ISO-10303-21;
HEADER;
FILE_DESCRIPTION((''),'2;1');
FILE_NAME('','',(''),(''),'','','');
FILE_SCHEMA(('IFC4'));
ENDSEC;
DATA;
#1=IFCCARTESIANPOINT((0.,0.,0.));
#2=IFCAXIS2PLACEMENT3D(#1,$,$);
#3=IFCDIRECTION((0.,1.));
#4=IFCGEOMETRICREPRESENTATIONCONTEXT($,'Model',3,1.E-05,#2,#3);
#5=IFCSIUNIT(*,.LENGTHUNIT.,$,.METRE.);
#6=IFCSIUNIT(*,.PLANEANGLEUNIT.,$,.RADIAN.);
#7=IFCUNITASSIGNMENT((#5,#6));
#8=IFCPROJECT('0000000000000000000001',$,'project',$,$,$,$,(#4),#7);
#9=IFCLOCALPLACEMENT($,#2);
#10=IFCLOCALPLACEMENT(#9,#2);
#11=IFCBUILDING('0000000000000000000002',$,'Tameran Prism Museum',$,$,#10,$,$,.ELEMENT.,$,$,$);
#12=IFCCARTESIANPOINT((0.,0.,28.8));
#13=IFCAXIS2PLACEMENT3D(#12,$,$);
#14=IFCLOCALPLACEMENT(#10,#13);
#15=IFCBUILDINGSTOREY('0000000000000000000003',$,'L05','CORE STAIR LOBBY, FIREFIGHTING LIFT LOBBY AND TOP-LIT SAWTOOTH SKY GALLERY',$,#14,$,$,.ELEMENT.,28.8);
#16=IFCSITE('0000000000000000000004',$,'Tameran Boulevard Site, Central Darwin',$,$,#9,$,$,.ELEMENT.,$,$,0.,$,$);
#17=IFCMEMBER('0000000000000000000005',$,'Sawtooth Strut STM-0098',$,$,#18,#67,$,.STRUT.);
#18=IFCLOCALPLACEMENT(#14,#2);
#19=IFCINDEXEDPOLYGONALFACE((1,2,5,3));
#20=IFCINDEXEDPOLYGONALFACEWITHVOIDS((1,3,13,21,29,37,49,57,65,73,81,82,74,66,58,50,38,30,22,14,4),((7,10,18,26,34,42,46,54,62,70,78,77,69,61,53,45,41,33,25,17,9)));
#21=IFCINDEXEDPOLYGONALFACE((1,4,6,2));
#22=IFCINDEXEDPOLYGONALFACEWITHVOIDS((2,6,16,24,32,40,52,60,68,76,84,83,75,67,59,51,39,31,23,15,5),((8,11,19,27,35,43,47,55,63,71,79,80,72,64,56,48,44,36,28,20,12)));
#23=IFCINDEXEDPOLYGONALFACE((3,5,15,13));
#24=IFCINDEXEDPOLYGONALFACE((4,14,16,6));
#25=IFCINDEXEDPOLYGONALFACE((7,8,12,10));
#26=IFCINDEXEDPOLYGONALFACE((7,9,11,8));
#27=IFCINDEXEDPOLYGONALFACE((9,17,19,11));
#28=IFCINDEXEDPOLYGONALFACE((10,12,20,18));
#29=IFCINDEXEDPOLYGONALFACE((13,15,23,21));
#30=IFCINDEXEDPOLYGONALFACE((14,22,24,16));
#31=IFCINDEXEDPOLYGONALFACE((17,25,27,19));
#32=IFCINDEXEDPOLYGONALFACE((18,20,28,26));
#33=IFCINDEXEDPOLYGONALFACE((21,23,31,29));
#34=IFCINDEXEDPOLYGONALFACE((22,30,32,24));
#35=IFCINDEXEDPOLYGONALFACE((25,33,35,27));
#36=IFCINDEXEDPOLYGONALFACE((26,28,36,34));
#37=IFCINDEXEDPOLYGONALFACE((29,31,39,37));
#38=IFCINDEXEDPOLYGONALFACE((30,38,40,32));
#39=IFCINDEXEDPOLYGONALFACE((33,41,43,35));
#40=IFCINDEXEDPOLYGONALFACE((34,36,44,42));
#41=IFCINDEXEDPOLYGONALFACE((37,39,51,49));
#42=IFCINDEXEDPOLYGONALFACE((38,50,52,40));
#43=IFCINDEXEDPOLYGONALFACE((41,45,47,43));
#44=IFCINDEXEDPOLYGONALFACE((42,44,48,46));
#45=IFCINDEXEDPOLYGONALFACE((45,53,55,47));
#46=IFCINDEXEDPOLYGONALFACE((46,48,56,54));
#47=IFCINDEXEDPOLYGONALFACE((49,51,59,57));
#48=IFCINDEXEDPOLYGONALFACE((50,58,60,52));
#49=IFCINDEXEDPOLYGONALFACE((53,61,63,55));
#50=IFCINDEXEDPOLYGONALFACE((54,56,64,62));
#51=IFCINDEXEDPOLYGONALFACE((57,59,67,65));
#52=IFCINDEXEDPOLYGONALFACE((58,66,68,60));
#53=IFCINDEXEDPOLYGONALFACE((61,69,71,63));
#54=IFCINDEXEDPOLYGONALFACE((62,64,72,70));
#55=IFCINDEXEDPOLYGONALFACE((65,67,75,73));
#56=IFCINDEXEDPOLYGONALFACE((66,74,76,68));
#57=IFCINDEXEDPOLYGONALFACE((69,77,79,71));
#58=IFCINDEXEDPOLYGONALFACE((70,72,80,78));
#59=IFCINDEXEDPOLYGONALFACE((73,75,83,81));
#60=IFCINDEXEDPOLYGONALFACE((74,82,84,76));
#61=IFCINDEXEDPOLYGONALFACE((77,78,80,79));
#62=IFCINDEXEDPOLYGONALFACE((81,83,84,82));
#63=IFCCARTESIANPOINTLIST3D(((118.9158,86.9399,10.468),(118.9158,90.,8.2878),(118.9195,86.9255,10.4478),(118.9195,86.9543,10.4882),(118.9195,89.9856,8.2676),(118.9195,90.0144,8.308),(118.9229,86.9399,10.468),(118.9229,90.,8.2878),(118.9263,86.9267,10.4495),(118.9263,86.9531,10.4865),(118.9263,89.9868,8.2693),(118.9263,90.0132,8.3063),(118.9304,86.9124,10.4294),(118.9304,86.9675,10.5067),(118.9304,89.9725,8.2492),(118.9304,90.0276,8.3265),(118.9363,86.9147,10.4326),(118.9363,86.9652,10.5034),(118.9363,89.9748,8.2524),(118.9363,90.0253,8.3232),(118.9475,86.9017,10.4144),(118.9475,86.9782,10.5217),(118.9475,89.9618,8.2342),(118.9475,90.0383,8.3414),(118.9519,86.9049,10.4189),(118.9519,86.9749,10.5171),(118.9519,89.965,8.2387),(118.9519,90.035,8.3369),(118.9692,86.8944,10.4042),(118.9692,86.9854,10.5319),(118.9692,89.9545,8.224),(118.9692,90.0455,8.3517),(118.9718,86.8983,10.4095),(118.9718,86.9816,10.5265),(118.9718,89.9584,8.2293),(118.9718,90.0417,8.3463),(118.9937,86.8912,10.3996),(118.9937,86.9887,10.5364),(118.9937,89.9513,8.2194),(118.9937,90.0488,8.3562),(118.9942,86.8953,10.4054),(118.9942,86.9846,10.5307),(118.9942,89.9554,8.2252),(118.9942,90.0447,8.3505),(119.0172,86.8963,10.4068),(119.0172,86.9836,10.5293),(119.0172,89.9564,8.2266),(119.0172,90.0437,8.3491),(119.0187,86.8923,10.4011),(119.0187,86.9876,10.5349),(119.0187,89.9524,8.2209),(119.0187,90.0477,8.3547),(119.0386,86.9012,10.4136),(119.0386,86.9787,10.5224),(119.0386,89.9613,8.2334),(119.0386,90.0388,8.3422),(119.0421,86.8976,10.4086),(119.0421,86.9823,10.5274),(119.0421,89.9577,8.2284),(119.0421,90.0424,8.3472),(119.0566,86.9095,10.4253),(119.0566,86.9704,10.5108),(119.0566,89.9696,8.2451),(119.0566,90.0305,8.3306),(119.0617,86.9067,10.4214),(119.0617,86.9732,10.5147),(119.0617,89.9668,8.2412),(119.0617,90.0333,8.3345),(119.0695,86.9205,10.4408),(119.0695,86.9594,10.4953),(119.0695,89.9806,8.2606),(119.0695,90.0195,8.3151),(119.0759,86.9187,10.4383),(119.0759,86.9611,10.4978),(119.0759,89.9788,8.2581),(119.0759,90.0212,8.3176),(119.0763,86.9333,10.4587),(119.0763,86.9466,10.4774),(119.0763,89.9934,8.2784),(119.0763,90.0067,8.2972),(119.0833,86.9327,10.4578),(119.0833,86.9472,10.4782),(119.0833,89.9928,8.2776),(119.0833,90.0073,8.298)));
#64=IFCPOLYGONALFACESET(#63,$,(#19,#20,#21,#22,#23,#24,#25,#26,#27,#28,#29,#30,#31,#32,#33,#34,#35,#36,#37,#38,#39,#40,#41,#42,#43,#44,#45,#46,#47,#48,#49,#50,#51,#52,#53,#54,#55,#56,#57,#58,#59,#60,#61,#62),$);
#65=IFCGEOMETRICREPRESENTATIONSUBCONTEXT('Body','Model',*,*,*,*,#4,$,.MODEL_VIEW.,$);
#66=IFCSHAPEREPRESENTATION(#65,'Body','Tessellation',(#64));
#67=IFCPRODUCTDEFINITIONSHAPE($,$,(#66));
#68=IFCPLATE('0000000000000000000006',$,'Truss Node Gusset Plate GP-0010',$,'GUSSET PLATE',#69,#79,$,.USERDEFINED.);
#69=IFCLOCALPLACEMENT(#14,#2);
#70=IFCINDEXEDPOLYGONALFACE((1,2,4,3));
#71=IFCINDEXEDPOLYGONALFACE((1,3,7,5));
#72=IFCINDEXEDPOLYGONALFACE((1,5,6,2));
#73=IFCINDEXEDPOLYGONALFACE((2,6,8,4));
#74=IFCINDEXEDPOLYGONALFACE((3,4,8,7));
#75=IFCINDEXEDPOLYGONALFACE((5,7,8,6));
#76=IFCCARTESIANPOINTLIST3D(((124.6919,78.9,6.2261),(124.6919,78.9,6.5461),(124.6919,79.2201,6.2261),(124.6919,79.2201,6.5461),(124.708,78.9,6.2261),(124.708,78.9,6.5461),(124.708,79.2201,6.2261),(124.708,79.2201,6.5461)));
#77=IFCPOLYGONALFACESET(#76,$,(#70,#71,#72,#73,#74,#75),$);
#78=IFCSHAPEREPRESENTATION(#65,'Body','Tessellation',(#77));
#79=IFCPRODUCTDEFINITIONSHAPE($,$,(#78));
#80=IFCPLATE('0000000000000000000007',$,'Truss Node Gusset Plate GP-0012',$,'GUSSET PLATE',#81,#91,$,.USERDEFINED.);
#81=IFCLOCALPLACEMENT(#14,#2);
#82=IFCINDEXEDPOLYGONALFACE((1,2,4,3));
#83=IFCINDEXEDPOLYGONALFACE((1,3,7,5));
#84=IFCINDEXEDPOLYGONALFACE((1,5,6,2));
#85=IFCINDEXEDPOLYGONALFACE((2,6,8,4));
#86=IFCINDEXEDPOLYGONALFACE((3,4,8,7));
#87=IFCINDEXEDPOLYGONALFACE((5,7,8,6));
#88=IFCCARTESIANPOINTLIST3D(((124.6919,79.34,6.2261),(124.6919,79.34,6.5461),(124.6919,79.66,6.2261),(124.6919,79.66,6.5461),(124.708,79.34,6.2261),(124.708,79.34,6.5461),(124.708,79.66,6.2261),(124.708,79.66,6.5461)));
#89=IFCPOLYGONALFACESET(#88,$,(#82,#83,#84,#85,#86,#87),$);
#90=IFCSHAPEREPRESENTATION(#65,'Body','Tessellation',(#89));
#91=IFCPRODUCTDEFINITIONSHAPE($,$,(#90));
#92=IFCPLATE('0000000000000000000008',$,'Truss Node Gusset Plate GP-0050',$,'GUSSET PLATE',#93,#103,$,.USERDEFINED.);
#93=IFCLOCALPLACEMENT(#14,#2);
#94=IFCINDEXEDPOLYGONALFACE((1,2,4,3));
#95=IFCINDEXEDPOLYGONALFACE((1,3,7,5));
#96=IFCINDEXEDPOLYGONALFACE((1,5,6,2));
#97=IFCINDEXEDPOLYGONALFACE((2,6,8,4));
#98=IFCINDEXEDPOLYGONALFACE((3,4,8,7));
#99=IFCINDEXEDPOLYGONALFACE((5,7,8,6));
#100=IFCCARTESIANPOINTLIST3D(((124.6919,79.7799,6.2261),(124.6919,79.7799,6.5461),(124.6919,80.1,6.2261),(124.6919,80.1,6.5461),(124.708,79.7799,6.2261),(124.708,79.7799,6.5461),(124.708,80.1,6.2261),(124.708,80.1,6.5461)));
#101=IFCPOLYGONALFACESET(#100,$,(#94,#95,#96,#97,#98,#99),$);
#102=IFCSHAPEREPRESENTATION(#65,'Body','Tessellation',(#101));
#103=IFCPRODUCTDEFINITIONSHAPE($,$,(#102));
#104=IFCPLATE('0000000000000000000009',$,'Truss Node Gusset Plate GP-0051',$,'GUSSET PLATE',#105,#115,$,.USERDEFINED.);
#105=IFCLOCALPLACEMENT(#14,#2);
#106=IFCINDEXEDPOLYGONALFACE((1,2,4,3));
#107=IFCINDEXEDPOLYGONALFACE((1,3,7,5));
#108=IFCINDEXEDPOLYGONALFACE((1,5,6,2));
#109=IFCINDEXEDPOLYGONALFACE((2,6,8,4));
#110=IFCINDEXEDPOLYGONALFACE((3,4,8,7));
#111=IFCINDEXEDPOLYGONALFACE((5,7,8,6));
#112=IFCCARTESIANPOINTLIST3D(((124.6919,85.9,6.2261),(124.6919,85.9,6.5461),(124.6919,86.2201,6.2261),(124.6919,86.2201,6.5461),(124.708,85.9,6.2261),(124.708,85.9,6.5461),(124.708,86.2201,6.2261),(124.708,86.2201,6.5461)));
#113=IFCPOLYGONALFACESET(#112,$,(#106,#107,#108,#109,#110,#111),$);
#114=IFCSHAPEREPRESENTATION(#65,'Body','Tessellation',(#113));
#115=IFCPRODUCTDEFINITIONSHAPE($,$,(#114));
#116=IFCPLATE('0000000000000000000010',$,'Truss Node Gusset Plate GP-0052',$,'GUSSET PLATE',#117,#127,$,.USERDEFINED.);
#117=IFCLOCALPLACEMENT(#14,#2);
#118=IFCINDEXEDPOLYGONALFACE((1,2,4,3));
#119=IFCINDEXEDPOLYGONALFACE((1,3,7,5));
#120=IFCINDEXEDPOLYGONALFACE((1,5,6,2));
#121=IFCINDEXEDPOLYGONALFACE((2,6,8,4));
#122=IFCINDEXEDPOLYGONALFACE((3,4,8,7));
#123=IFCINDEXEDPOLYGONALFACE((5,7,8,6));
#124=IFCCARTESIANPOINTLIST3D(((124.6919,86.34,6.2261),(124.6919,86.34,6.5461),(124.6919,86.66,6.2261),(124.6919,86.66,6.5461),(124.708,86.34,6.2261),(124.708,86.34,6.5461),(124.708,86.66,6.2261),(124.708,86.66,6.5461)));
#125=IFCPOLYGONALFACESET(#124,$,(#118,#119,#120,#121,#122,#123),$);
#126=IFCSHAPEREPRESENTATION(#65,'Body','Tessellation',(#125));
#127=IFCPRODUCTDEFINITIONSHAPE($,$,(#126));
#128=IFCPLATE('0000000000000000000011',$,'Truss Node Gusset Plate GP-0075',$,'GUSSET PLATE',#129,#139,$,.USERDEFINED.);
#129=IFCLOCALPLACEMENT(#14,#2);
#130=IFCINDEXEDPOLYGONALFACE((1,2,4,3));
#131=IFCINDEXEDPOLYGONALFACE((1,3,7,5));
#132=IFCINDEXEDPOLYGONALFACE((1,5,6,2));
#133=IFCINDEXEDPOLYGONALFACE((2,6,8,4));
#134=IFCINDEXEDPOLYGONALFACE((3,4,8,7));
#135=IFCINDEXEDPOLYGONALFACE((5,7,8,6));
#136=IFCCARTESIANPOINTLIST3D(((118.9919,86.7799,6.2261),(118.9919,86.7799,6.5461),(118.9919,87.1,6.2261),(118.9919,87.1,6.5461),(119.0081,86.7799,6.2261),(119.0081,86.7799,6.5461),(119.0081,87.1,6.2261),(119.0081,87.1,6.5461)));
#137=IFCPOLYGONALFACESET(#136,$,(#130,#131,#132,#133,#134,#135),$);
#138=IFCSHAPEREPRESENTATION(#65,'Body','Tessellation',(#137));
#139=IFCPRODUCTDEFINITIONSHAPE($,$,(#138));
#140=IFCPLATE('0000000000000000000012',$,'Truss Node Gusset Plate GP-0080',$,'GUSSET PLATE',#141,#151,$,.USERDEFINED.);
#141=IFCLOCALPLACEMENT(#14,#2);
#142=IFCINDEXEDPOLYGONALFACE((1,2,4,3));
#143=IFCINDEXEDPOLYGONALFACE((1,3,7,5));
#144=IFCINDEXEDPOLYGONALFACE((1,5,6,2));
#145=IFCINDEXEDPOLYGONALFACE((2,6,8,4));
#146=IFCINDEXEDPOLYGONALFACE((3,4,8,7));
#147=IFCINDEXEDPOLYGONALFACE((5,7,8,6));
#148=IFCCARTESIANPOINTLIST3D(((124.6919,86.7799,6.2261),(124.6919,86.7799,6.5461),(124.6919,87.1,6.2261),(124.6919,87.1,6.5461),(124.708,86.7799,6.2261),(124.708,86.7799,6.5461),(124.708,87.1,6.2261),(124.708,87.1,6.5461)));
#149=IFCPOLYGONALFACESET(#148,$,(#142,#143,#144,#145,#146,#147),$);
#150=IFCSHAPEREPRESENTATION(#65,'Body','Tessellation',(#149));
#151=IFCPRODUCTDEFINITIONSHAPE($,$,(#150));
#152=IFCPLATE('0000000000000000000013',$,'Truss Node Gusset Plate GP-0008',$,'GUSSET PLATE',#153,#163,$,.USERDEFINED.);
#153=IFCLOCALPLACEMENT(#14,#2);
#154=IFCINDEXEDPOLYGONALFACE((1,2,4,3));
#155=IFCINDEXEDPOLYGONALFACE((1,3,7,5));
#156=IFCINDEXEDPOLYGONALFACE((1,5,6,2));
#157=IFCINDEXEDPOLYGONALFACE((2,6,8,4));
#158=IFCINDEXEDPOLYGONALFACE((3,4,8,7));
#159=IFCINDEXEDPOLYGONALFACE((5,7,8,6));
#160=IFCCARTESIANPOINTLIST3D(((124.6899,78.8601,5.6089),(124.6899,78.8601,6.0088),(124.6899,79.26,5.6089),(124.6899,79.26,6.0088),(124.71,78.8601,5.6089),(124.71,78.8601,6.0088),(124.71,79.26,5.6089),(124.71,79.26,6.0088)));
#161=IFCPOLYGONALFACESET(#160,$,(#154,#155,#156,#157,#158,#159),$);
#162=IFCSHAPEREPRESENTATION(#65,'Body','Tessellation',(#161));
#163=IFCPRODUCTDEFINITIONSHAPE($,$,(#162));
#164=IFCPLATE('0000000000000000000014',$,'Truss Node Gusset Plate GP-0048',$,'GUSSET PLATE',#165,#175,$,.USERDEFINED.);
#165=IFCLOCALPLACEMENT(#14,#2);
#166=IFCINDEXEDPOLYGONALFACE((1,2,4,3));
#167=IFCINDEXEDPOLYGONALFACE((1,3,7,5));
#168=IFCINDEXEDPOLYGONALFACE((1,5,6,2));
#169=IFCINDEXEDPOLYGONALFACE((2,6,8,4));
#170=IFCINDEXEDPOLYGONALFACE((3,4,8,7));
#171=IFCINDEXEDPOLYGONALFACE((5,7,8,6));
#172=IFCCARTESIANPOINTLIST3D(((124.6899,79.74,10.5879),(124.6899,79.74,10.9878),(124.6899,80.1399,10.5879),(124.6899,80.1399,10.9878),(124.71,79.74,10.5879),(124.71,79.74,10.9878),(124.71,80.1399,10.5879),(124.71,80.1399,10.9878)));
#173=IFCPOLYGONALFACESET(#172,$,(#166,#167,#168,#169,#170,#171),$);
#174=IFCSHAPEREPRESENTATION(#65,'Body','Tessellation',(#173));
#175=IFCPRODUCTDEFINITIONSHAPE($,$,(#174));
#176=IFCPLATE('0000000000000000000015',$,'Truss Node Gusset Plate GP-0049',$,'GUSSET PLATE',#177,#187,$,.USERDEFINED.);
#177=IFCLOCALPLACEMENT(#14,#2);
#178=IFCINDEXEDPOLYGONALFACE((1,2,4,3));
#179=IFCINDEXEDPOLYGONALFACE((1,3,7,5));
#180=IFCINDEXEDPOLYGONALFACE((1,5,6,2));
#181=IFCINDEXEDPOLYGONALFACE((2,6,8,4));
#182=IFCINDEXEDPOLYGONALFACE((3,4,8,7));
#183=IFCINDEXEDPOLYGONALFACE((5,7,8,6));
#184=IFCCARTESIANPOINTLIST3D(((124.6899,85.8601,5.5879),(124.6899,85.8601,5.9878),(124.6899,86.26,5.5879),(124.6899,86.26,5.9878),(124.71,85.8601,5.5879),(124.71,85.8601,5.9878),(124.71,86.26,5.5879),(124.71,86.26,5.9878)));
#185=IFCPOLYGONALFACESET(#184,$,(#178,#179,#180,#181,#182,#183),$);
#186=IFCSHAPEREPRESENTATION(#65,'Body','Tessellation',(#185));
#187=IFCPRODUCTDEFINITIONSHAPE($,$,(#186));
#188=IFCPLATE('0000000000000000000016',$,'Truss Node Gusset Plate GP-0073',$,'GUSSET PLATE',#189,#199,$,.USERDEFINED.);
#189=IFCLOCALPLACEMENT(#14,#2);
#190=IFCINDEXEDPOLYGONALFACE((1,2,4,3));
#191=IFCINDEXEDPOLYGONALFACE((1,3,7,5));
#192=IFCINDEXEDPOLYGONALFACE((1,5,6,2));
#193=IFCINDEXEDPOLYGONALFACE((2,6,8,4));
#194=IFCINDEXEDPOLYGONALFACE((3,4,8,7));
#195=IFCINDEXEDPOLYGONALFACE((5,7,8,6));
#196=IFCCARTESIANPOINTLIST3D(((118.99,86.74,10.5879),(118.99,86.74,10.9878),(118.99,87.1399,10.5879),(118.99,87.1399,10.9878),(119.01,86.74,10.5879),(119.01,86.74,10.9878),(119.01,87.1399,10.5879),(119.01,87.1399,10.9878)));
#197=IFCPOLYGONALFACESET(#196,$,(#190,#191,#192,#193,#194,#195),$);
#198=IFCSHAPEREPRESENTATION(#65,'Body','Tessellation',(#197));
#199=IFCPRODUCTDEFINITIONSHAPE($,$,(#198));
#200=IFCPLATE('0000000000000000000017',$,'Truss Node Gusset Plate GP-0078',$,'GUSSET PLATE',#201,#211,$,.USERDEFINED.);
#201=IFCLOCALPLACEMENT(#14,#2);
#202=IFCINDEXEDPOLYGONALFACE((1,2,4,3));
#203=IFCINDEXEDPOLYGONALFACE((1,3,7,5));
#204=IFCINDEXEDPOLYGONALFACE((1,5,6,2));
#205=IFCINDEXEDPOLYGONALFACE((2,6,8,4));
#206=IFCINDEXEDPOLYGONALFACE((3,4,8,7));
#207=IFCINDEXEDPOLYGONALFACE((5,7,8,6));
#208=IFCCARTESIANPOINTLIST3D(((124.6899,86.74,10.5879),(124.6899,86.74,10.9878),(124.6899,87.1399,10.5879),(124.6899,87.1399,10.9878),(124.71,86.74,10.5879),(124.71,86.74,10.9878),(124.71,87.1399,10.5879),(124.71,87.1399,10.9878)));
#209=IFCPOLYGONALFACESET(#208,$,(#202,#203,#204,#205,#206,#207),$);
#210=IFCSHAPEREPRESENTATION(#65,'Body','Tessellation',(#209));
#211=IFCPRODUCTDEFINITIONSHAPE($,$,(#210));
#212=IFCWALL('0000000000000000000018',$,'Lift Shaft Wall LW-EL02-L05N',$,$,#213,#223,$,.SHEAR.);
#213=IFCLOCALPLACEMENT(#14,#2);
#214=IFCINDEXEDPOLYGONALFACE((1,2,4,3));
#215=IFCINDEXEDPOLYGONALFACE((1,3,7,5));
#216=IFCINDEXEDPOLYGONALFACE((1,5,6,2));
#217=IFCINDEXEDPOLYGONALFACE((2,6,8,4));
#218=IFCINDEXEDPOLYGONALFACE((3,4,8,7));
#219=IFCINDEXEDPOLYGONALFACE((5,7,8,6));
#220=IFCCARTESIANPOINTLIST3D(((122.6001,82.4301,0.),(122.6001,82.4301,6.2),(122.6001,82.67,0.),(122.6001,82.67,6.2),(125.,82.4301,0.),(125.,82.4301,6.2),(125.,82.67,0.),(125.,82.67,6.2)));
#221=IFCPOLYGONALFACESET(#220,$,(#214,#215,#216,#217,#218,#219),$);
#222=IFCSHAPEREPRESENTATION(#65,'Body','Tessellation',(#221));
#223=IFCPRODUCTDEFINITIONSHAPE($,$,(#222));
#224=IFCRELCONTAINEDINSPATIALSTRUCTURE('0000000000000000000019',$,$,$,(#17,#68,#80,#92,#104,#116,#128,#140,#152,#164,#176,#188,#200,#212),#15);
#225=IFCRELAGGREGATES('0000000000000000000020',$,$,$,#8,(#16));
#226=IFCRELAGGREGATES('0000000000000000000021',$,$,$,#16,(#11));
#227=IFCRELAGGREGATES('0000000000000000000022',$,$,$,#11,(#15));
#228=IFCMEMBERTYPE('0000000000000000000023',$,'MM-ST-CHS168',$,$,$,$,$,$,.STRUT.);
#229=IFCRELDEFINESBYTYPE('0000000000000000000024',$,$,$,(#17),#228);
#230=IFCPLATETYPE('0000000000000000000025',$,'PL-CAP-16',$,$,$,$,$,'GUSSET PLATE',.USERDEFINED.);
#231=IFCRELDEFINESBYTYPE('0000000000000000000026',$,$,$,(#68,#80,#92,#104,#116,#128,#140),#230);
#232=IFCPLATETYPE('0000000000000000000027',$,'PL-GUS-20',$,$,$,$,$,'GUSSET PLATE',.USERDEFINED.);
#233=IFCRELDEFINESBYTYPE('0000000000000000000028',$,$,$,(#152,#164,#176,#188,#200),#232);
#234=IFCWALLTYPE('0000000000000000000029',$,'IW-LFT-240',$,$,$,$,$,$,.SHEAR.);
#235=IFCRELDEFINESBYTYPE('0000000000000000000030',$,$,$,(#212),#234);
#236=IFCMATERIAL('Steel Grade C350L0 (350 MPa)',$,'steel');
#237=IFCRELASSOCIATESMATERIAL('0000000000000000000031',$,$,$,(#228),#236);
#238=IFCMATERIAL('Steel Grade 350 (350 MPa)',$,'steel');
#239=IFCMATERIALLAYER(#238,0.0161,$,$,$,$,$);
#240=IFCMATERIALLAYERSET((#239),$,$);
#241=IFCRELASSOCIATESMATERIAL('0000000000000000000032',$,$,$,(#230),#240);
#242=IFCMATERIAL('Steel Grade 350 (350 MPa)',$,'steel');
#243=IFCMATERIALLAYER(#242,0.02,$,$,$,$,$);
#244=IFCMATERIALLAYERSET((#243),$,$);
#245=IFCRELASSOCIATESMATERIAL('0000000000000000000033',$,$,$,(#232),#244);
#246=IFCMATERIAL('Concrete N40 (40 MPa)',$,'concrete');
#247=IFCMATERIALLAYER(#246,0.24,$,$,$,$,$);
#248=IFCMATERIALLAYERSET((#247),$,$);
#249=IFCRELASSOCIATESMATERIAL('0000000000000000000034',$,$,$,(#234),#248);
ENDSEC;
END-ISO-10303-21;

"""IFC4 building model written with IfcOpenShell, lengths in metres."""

from ifc_helpers import new_model, si_unit, direction, frame, frame_2d, origin, origin_2d, place, context, subcontext, project, spatial, rectangle, hollow_circle, extrude, material, layer, layer_set, material_profile, profile_set, type_object, element, save


model = new_model("IFC4")

# Units and contexts
model_context = context("Model", 3, precision=1e-05, world=origin(), true_north=direction((0.0, 1.0)))
body_context = subcontext(model_context, "Body", "Model", "MODEL_VIEW")
ifc_project = project(units=[si_unit("LENGTHUNIT", "METRE"), si_unit("PLANEANGLEUNIT", "RADIAN")], contexts=[model_context])

# Site, building, storey
site_placement = place(None, origin())
site = spatial("IfcSite", under=ifc_project, at=site_placement, Name="Tameran Boulevard Site, Central Darwin", CompositionType="ELEMENT", RefElevation=0.0)
building_placement = place(site_placement, origin())
building = spatial("IfcBuilding", under=site, at=building_placement, Name="Tameran Prism Museum", CompositionType="ELEMENT")
storey_placement = place(building_placement, frame((0.0, 0.0, 28.8)))
storey = spatial("IfcBuildingStorey", under=building, at=storey_placement, Name="L05", Description="CORE STAIR LOBBY, FIREFIGHTING LIFT LOBBY AND TOP-LIT SAWTOOTH SKY GALLERY", CompositionType="ELEMENT", Elevation=28.8)

# Member
ifc_material_1 = material(Name="Steel Grade C350L0 (350 MPa)", Category="steel")
ifc_material_profile_1 = material_profile(ifc_material_1, hollow_circle(Radius=0.0842, WallThickness=0.0071, at=origin_2d()))
ifc_profile_set_1 = profile_set([ifc_material_profile_1])
member_type_1 = type_object("IfcMemberType", Name="MM-ST-CHS168", PredefinedType="STRUT", material=ifc_profile_set_1)
for number, where, z_axis, x_axis, name in (
    (1, (119.0, 86.9399, 10.468), (0.0, 0.814435, -0.580254), (-1.0, 0.0, 0.0), "Sawtooth Strut STM-0098"),
):
    element("IfcMember", number, at=place(storey_placement, frame(where, z_axis=z_axis, x_axis=x_axis)), inside=storey, type_object=member_type_1, Name=name, PredefinedType="STRUT", context=body_context, shape_type="SweptSolid", body=[
        extrude(hollow_circle(Radius=0.0842, WallThickness=0.0071, at=origin_2d()), origin(), (0.0, 0.0, 1.0), 3.7573),
    ])

# Plates
ifc_material_2 = material(Name="Steel Grade 350 (350 MPa)", Category="steel")
ifc_layer_1 = layer(ifc_material_2, 0.0161)
ifc_layer_set_1 = layer_set([ifc_layer_1])
plate_type_1 = type_object("IfcPlateType", Name="PL-CAP-16", ElementType="GUSSET PLATE", PredefinedType="USERDEFINED", material=ifc_layer_set_1)
for number, where, z_axis, x_axis, name in (
    (2, (124.7, 79.0601, 6.2261), (0.0, 0.0, 1.0), (1.0, 0.0, 0.0), "Truss Node Gusset Plate GP-0010"),
    (3, (124.7, 79.5, 6.2261), (0.0, 0.0, 1.0), (1.0, 0.0, 0.0), "Truss Node Gusset Plate GP-0012"),
    (4, (124.7, 79.9399, 6.2261), (0.0, 0.0, 1.0), (1.0, 0.0, 0.0), "Truss Node Gusset Plate GP-0050"),
    (5, (124.7, 86.0601, 6.2261), (0.0, 0.0, 1.0), (1.0, 0.0, 0.0), "Truss Node Gusset Plate GP-0051"),
    (6, (124.7, 86.5, 6.2261), (0.0, 0.0, 1.0), (1.0, 0.0, 0.0), "Truss Node Gusset Plate GP-0052"),
    (7, (119.0, 86.9399, 6.2261), (0.0, 0.0, 1.0), (1.0, 0.0, 0.0), "Truss Node Gusset Plate GP-0075"),
    (8, (124.7, 86.9399, 6.2261), (0.0, 0.0, 1.0), (1.0, 0.0, 0.0), "Truss Node Gusset Plate GP-0080"),
):
    element("IfcPlate", number, at=place(storey_placement, frame(where, z_axis=z_axis, x_axis=x_axis)), inside=storey, type_object=plate_type_1, Name=name, ObjectType="GUSSET PLATE", PredefinedType="USERDEFINED", context=body_context, shape_type="SweptSolid", body=[
        extrude(rectangle(XDim=0.0161, YDim=0.3201, at=origin_2d()), origin(), (0.0, 0.0, 1.0), 0.3201),
    ])
ifc_material_3 = material(Name="Steel Grade 350 (350 MPa)", Category="steel")
ifc_layer_2 = layer(ifc_material_3, 0.02)
ifc_layer_set_2 = layer_set([ifc_layer_2])
plate_type_2 = type_object("IfcPlateType", Name="PL-GUS-20", ElementType="GUSSET PLATE", PredefinedType="USERDEFINED", material=ifc_layer_set_2)
for number, where, z_axis, x_axis, name in (
    (9, (124.7, 79.0601, 5.6089), (0.0, 0.0, 1.0), (1.0, 0.0, 0.0), "Truss Node Gusset Plate GP-0008"),
    (10, (124.7, 79.9399, 10.5879), (0.0, 0.0, 1.0), (1.0, 0.0, 0.0), "Truss Node Gusset Plate GP-0048"),
    (11, (124.7, 86.0601, 5.5879), (0.0, 0.0, 1.0), (1.0, 0.0, 0.0), "Truss Node Gusset Plate GP-0049"),
    (12, (119.0, 86.9399, 10.5879), (0.0, 0.0, 1.0), (1.0, 0.0, 0.0), "Truss Node Gusset Plate GP-0073"),
    (13, (124.7, 86.9399, 10.5879), (0.0, 0.0, 1.0), (1.0, 0.0, 0.0), "Truss Node Gusset Plate GP-0078"),
):
    element("IfcPlate", number, at=place(storey_placement, frame(where, z_axis=z_axis, x_axis=x_axis)), inside=storey, type_object=plate_type_2, Name=name, ObjectType="GUSSET PLATE", PredefinedType="USERDEFINED", context=body_context, shape_type="SweptSolid", body=[
        extrude(rectangle(XDim=0.02, YDim=0.3999, at=origin_2d()), origin(), (0.0, 0.0, 1.0), 0.3999),
    ])

# Wall
ifc_material_4 = material(Name="Concrete N40 (40 MPa)", Category="concrete")
ifc_layer_3 = layer(ifc_material_4, 0.24)
ifc_layer_set_3 = layer_set([ifc_layer_3])
wall_type = type_object("IfcWallType", Name="IW-LFT-240", PredefinedType="SHEAR", material=ifc_layer_set_3)
wall_1_placement = place(storey_placement, frame((122.6001, 82.55, 0.0), z_axis=(0.0, 0.0, 1.0), x_axis=(1.0, 0.0, 0.0)))
element("IfcWall", 14, at=wall_1_placement, inside=storey, type_object=wall_type, Name="Lift Shaft Wall LW-EL02-L05N", PredefinedType="SHEAR", context=body_context, shape_type="SweptSolid", body=[
    extrude(rectangle(XDim=2.3999, YDim=0.24, at=frame_2d((1.2, 0.0))), origin(), (0.0, 0.0, 1.0), 6.2),
])

save(model, "model.ifc")
